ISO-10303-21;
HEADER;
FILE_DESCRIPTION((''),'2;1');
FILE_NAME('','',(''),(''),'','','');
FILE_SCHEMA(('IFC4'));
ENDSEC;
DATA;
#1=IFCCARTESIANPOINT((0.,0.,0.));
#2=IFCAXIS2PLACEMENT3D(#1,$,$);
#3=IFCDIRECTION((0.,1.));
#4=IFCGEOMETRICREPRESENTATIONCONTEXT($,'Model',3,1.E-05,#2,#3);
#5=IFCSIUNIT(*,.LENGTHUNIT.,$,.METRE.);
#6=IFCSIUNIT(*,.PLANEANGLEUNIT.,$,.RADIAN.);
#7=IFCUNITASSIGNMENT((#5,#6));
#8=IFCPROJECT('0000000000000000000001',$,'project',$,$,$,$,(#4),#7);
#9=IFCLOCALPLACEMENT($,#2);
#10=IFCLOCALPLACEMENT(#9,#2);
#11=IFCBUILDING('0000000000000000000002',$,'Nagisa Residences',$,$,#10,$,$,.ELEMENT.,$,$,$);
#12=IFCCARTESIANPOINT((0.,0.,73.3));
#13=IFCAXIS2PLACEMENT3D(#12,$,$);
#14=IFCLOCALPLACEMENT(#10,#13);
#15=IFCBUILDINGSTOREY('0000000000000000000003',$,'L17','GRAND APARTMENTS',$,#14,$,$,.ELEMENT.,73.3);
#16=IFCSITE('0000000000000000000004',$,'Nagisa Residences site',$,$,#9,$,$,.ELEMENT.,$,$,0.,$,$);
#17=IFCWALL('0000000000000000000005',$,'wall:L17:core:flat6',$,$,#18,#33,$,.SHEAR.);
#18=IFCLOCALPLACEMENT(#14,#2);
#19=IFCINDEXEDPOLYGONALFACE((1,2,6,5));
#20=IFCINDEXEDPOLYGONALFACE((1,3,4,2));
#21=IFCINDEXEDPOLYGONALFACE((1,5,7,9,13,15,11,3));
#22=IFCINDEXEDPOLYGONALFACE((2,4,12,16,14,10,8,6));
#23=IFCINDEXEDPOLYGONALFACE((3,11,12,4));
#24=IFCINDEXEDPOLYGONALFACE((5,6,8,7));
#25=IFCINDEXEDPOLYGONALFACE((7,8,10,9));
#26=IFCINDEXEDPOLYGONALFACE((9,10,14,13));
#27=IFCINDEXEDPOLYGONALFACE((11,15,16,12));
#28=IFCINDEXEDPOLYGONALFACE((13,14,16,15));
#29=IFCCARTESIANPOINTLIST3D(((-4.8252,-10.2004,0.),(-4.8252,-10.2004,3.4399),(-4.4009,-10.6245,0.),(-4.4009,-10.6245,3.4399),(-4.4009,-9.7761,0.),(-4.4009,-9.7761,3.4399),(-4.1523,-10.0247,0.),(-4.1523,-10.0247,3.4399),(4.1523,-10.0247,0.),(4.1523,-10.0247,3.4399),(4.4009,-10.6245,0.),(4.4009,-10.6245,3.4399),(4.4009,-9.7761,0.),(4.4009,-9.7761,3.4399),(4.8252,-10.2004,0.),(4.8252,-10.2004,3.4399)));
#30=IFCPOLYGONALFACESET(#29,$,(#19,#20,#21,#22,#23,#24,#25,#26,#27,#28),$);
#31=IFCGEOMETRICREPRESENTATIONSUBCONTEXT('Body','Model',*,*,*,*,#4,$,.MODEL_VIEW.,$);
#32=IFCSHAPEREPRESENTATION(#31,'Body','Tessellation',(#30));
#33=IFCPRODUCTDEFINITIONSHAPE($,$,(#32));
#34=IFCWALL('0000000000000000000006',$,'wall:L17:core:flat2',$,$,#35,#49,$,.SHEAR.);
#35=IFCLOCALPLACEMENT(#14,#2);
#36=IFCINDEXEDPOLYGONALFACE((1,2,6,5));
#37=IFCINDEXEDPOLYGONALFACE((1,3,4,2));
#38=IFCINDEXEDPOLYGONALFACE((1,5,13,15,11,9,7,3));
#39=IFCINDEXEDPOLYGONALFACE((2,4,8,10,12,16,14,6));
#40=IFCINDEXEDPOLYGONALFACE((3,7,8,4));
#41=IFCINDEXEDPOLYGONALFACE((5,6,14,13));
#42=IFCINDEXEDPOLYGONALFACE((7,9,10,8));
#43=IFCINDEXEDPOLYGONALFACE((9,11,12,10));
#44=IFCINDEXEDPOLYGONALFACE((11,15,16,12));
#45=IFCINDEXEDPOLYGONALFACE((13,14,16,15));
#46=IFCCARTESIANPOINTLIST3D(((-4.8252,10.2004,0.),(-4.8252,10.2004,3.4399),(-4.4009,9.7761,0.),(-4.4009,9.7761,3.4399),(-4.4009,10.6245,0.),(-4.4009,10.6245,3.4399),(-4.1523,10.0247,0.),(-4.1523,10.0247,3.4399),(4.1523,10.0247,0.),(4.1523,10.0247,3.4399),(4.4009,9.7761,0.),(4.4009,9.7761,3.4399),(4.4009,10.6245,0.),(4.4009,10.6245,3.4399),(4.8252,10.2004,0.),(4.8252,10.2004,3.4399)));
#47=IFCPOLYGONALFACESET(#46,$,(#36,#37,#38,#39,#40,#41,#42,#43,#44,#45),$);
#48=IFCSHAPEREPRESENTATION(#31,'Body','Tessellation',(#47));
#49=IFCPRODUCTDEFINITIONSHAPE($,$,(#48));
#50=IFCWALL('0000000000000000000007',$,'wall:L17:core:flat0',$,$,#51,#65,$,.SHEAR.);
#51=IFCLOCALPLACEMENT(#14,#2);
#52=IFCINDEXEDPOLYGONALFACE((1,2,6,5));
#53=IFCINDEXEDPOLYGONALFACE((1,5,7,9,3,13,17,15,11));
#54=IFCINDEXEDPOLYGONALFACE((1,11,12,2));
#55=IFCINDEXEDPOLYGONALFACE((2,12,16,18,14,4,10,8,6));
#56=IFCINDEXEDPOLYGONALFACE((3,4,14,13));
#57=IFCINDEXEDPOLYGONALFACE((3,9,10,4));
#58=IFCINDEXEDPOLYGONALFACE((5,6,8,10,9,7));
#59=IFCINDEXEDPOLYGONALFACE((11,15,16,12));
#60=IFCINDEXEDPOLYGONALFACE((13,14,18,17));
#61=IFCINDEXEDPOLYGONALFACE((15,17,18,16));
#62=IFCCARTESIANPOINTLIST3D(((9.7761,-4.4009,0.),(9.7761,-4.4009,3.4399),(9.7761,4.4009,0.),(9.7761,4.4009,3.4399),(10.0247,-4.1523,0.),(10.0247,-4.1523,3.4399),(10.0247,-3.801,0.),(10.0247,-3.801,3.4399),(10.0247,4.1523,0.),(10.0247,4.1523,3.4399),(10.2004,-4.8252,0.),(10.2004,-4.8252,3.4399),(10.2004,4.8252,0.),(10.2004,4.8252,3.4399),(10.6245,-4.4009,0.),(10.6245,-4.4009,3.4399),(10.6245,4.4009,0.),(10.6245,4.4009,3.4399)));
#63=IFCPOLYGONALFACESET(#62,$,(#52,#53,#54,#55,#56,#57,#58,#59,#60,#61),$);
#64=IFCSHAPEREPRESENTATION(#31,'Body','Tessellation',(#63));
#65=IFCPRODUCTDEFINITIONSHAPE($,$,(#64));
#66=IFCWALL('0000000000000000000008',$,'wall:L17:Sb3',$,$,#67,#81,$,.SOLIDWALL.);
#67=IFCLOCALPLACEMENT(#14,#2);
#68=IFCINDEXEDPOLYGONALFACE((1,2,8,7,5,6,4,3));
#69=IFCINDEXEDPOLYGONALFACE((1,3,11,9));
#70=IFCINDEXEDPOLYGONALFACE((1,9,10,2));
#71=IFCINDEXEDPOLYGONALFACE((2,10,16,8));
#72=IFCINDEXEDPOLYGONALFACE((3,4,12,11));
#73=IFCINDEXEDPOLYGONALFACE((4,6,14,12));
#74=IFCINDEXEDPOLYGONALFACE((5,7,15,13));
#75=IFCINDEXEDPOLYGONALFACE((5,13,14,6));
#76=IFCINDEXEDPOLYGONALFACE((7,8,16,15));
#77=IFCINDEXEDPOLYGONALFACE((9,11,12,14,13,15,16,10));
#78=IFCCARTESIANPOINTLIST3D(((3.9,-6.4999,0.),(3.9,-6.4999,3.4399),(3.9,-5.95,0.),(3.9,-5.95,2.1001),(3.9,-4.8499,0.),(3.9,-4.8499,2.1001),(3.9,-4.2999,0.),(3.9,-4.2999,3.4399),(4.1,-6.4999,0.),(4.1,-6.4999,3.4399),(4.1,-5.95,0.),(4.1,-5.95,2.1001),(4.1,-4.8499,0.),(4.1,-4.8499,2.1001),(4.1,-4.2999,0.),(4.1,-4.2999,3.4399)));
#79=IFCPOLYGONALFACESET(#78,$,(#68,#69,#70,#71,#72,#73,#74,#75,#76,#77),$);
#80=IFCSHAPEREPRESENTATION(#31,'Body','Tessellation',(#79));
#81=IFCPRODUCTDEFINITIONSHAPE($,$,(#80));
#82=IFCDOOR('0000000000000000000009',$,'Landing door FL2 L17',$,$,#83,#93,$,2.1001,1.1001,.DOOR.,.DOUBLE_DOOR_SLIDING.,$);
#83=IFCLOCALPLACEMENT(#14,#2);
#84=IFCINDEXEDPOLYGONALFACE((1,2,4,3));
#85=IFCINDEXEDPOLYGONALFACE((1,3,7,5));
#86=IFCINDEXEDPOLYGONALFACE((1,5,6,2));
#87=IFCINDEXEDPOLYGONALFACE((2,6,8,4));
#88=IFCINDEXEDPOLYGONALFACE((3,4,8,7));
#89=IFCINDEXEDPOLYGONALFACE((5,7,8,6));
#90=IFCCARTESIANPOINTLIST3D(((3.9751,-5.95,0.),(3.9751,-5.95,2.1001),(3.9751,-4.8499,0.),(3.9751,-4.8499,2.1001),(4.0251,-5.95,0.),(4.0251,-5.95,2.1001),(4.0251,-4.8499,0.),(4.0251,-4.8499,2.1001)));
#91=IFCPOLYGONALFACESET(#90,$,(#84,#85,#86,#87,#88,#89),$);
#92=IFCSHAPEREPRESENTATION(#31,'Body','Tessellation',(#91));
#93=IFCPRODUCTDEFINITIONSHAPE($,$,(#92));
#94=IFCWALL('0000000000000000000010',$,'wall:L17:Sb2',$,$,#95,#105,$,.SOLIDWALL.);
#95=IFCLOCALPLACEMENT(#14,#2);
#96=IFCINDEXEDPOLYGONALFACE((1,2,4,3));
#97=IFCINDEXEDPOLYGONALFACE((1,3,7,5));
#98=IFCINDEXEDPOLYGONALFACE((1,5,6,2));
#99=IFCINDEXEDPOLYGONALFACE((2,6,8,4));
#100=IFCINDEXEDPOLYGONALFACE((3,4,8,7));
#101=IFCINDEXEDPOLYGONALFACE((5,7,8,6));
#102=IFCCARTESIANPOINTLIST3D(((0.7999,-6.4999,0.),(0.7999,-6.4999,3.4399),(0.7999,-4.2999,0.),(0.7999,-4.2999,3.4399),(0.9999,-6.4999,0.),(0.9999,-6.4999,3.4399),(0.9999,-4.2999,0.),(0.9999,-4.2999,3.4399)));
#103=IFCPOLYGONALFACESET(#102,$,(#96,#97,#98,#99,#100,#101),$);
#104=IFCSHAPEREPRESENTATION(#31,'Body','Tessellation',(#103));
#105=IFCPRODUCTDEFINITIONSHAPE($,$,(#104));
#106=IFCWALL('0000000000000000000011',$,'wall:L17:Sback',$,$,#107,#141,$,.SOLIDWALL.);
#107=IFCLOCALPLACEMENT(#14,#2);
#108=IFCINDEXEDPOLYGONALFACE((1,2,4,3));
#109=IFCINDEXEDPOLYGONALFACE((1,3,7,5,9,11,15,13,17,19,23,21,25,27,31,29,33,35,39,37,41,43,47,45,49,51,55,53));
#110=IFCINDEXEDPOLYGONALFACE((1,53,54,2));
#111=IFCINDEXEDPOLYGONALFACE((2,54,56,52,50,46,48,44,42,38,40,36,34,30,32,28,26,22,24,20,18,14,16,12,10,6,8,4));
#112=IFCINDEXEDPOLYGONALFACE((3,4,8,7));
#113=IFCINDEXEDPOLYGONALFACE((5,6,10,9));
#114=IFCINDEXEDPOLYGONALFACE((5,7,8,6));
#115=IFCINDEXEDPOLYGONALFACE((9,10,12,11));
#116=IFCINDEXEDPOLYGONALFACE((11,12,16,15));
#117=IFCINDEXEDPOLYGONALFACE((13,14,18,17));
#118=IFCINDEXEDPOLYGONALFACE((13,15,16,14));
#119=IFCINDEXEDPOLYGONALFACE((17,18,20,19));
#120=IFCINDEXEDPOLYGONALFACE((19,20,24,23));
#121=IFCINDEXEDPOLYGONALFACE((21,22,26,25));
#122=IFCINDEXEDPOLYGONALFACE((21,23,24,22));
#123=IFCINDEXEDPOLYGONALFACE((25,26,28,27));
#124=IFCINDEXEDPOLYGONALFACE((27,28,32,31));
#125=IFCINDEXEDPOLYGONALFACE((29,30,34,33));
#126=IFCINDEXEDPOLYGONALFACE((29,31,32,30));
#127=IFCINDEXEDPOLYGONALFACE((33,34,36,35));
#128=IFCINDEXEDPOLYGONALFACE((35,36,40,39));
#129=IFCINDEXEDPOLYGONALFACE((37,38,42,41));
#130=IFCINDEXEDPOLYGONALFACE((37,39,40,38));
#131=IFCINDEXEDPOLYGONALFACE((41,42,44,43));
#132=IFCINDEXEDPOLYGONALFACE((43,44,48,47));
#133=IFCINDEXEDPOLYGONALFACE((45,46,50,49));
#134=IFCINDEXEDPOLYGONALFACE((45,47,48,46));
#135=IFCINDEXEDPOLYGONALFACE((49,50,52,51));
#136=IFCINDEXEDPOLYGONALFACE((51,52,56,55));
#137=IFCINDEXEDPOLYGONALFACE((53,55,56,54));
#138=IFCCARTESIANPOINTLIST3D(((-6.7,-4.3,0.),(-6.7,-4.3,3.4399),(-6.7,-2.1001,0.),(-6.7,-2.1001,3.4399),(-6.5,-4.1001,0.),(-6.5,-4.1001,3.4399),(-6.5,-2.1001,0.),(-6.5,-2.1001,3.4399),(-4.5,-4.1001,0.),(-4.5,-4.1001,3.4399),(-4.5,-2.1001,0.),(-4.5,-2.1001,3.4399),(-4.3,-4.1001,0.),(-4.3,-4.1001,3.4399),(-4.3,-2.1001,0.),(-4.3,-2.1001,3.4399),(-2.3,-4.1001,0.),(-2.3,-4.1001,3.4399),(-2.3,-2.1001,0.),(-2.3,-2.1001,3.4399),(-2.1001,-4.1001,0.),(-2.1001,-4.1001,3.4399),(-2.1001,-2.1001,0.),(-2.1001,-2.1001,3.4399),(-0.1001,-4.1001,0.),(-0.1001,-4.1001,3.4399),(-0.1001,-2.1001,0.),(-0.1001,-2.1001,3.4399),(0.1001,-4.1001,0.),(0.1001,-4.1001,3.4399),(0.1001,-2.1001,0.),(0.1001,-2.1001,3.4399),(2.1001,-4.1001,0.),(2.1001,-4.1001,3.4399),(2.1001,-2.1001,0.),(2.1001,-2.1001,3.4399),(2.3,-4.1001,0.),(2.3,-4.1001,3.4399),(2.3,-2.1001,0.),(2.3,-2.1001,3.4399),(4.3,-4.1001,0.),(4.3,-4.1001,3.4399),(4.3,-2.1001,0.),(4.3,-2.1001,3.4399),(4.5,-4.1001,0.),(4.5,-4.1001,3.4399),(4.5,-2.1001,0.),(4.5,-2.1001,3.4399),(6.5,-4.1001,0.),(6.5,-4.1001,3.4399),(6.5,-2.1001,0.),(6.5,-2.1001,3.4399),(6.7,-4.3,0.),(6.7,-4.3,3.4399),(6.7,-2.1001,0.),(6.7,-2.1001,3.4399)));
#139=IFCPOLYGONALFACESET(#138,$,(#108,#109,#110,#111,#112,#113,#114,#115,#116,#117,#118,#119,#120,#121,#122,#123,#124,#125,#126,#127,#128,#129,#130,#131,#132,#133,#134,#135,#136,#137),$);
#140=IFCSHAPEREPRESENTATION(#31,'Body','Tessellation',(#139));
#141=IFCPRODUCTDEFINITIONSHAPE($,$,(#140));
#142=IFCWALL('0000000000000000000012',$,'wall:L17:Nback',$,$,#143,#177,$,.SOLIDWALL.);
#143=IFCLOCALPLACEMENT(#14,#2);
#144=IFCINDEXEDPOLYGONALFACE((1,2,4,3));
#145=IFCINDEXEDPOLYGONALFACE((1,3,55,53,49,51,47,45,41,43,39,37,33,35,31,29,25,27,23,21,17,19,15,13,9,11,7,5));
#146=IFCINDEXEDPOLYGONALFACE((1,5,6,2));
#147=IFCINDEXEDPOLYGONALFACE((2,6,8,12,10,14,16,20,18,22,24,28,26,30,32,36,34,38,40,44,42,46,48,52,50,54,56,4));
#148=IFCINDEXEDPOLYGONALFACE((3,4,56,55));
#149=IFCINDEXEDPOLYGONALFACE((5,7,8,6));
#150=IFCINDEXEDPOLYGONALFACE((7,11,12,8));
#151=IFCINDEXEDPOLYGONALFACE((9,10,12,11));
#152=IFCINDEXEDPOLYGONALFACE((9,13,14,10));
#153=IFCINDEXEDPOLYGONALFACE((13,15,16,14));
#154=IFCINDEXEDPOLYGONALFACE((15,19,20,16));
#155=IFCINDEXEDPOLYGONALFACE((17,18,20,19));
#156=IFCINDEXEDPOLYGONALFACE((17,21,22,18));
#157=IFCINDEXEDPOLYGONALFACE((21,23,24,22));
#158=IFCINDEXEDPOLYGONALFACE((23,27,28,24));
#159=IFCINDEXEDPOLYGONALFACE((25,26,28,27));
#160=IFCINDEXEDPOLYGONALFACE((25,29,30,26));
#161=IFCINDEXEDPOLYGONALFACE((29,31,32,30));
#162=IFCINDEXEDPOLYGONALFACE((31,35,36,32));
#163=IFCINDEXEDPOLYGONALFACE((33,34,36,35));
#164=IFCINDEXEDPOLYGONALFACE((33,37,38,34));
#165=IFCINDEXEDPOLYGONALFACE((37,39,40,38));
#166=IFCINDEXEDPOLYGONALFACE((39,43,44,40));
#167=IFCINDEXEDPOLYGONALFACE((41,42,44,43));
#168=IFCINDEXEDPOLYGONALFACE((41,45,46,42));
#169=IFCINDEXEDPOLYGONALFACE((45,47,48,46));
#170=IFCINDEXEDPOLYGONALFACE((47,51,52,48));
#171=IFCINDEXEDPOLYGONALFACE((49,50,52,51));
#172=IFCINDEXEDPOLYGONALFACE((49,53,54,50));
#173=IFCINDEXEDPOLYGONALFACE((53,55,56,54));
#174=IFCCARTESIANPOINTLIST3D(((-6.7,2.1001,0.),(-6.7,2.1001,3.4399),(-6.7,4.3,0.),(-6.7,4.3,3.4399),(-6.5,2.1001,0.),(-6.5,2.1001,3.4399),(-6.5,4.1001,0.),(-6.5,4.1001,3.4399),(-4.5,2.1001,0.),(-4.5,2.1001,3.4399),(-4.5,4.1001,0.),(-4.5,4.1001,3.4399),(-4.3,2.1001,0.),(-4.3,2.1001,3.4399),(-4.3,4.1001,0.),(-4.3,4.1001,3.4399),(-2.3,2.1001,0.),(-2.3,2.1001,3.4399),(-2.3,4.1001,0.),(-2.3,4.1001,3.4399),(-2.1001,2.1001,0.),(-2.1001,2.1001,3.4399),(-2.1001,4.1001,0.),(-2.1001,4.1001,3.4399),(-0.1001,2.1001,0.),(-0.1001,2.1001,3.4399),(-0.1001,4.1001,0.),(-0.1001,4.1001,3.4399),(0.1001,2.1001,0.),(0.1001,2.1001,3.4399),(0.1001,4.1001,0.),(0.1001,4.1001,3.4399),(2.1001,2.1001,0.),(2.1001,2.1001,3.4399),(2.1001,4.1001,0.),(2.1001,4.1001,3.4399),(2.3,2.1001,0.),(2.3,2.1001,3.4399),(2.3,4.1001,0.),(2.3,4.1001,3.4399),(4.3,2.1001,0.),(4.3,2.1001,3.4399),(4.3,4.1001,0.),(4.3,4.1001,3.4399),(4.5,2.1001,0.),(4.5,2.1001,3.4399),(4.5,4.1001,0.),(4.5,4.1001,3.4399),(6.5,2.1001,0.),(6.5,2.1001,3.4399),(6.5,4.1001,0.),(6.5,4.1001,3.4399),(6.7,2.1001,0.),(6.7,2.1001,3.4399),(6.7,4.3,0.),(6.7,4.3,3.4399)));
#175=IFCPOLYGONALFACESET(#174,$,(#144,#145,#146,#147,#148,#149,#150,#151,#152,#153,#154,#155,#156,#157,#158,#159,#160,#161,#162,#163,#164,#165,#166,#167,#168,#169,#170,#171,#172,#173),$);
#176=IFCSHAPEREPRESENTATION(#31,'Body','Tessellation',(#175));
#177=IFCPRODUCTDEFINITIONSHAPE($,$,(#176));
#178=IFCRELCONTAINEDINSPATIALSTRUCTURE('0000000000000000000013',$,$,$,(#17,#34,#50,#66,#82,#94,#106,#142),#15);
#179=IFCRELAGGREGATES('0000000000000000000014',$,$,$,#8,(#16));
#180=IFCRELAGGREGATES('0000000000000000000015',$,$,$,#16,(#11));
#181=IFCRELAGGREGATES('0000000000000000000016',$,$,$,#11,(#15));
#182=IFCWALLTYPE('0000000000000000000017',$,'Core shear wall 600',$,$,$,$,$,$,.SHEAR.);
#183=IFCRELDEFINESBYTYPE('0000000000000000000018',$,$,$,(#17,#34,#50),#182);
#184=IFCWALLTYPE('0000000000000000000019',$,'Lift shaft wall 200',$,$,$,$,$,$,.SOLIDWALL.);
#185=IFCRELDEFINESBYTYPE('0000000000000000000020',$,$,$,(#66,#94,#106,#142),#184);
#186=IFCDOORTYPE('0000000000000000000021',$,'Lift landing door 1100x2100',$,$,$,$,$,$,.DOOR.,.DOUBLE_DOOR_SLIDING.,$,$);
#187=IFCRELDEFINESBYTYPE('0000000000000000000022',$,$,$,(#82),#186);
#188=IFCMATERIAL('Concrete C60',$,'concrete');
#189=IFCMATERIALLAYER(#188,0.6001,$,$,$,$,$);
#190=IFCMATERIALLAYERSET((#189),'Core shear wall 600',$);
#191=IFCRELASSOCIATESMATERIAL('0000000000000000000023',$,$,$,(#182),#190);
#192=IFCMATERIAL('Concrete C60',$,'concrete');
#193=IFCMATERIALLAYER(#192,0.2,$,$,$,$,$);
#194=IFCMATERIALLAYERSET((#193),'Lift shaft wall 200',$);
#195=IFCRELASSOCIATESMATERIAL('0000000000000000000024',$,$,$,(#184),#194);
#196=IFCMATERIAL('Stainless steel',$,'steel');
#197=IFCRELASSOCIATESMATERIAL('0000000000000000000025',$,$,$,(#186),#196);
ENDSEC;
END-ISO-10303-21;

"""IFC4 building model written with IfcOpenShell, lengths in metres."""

from ifc_helpers import new_model, si_unit, direction, frame, frame_2d, origin, place, context, subcontext, project, spatial, polyline, rectangle, outline, extrude, material, layer, layer_set, type_object, element, fill, save


model = new_model("IFC4")

# Units and contexts
model_context = context("Model", 3, precision=1e-05, world=origin(), true_north=direction((0.0, 1.0)))
body_context = subcontext(model_context, "Body", "Model", "MODEL_VIEW")
ifc_project = project(units=[si_unit("LENGTHUNIT", "METRE"), si_unit("PLANEANGLEUNIT", "RADIAN")], contexts=[model_context])

# Site, building, storey
site_placement = place(None, origin())
site = spatial("IfcSite", under=ifc_project, at=site_placement, Name="Nagisa Residences site", CompositionType="ELEMENT", RefElevation=0.0)
building_placement = place(site_placement, origin())
building = spatial("IfcBuilding", under=site, at=building_placement, Name="Nagisa Residences", CompositionType="ELEMENT")
storey_placement = place(building_placement, frame((0.0, 0.0, 73.3)))
storey = spatial("IfcBuildingStorey", under=building, at=storey_placement, Name="L17", Description="GRAND APARTMENTS", CompositionType="ELEMENT", Elevation=73.3)

# Shared definitions
ifc_material_1 = material(Name="Concrete C60", Category="concrete")
ifc_layer_1 = layer(ifc_material_1, 0.6001)
ifc_layer_set_1 = layer_set([ifc_layer_1], Name="Core shear wall 600")
wall_type_1 = type_object("IfcWallType", Name="Core shear wall 600", PredefinedType="SHEAR", material=ifc_layer_set_1)

# Walls
wall_1_placement = place(storey_placement, origin())
element("IfcWall", 1, at=wall_1_placement, inside=storey, type_object=wall_type_1, Name="wall:L17:core:flat6", PredefinedType="SHEAR", context=body_context, shape_type="SweptSolid", body=[
    extrude(outline(polyline([(-4.1523, -10.0247), (4.1523, -10.0247), (4.4009, -9.7761), (4.8252, -10.2004), (4.4009, -10.6245), (-4.4009, -10.6245), (-4.8252, -10.2004), (-4.4009, -9.7761), (-4.1523, -10.0247)])), origin(), (0.0, 0.0, 1.0), 3.4399),
])
wall_2_placement = place(storey_placement, origin())
element("IfcWall", 2, at=wall_2_placement, inside=storey, type_object=wall_type_1, Name="wall:L17:core:flat2", PredefinedType="SHEAR", context=body_context, shape_type="SweptSolid", body=[
    extrude(outline(polyline([(-4.1523, 10.0247), (-4.4009, 9.7761), (-4.8252, 10.2004), (-4.4009, 10.6245), (4.4009, 10.6245), (4.8252, 10.2004), (4.4009, 9.7761), (4.1523, 10.0247), (-4.1523, 10.0247)])), origin(), (0.0, 0.0, 1.0), 3.4399),
])
wall_3_placement = place(storey_placement, origin())
element("IfcWall", 3, at=wall_3_placement, inside=storey, type_object=wall_type_1, Name="wall:L17:core:flat0", PredefinedType="SHEAR", context=body_context, shape_type="SweptSolid", body=[
    extrude(outline(polyline([(9.7761, -4.4009), (10.0247, -4.1523), (10.0247, -3.801), (10.0247, 4.1523), (9.7761, 4.4009), (10.2004, 4.8252), (10.6245, 4.4009), (10.6245, -4.4009), (10.2004, -4.8252), (9.7761, -4.4009)])), origin(), (0.0, 0.0, 1.0), 3.4399),
])

# Wall, opening, door
ifc_material_2 = material(Name="Concrete C60", Category="concrete")
ifc_layer_2 = layer(ifc_material_2, 0.2)
ifc_layer_set_2 = layer_set([ifc_layer_2], Name="Lift shaft wall 200")
wall_type_2 = type_object("IfcWallType", Name="Lift shaft wall 200", PredefinedType="SOLIDWALL", material=ifc_layer_set_2)
wall_4_placement = place(storey_placement, frame((4.0, -6.5, 0.0), z_axis=(0.0, 0.0, 1.0), x_axis=(0.0, 1.0, 0.0)))
wall_4 = element("IfcWall", 4, at=wall_4_placement, inside=storey, type_object=wall_type_2, Name="wall:L17:Sb3", PredefinedType="SOLIDWALL", context=body_context, shape_type="SweptSolid", body=[
    extrude(rectangle(XDim=2.2, YDim=0.2, at=frame_2d((1.1001, 0.0))), origin(), (0.0, 0.0, 1.0), 3.4399),
])
opening_1_placement = place(wall_4_placement, frame((0.55, 0.0, 0.0)))
opening_1 = element("IfcOpeningElement", 5, at=opening_1_placement, cuts=wall_4, PredefinedType="OPENING", context=body_context, shape_type="SweptSolid", body=[
    extrude(rectangle(XDim=1.1001, YDim=2.1001, at=frame_2d((0.55, 1.05))), frame((0.0, 0.1099, 0.0), z_axis=(0.0, -1.0, 0.0), x_axis=(1.0, 0.0, 0.0)), (0.0, 0.0, 1.0), 0.22),
])
ifc_material_3 = material(Name="Stainless steel", Category="steel")
door_type_1 = type_object("IfcDoorType", Name="Lift landing door 1100x2100", OperationType="DOUBLE_DOOR_SLIDING", PredefinedType="DOOR", material=ifc_material_3)
door_1_placement = place(opening_1_placement, origin())
door_1 = element("IfcDoor", 6, at=door_1_placement, inside=storey, type_object=door_type_1, Name="Landing door FL2 L17", OperationType="DOUBLE_DOOR_SLIDING", OverallHeight=2.1001, OverallWidth=1.1001, PredefinedType="DOOR", context=body_context, shape_type="SweptSolid", body=[
    extrude(rectangle(XDim=1.1001, YDim=2.1001, at=frame_2d((0.55, 1.05))), frame((0.0, 0.0249, 0.0), z_axis=(0.0, -1.0, 0.0), x_axis=(1.0, 0.0, 0.0)), (0.0, 0.0, 1.0), 0.05),
])
fill(opening_1, door_1)

# Walls
wall_5_placement = place(storey_placement, frame((0.8999, -6.5, 0.0), z_axis=(0.0, 0.0, 1.0), x_axis=(0.0, 1.0, 0.0)))
element("IfcWall", 7, at=wall_5_placement, inside=storey, type_object=wall_type_2, Name="wall:L17:Sb2", PredefinedType="SOLIDWALL", context=body_context, shape_type="SweptSolid", body=[
    extrude(rectangle(XDim=2.2, YDim=0.2, at=frame_2d((1.1001, 0.0))), origin(), (0.0, 0.0, 1.0), 3.4399),
])
wall_6_placement = place(storey_placement, origin())
element("IfcWall", 8, at=wall_6_placement, inside=storey, type_object=wall_type_2, Name="wall:L17:Sback", PredefinedType="SOLIDWALL", context=body_context, shape_type="SweptSolid", body=[
    extrude(outline(polyline([(-6.7, -2.1001), (-6.5, -2.1001), (-6.5, -4.1001), (-4.5, -4.1001), (-4.5, -2.1001), (-4.3, -2.1001), (-4.3, -4.1001), (-2.3, -4.1001), (-2.3, -2.1001), (-2.1001, -2.1001), (-2.1001, -4.1001), (-0.1001, -4.1001), (-0.1001, -2.1001), (0.1001, -2.1001), (0.1001, -4.1001), (2.1001, -4.1001), (2.1001, -2.1001), (2.3, -2.1001), (2.3, -4.1001), (4.3, -4.1001), (4.3, -2.1001), (4.5, -2.1001), (4.5, -4.1001), (6.5, -4.1001), (6.5, -2.1001), (6.7, -2.1001), (6.7, -4.3), (-6.7, -4.3), (-6.7, -2.1001)])), origin(), (0.0, 0.0, 1.0), 3.4399),
])
wall_7_placement = place(storey_placement, origin())
element("IfcWall", 9, at=wall_7_placement, inside=storey, type_object=wall_type_2, Name="wall:L17:Nback", PredefinedType="SOLIDWALL", context=body_context, shape_type="SweptSolid", body=[
    extrude(outline(polyline([(-6.5, 2.1001), (-6.7, 2.1001), (-6.7, 4.3), (6.7, 4.3), (6.7, 2.1001), (6.5, 2.1001), (6.5, 4.1001), (4.5, 4.1001), (4.5, 2.1001), (4.3, 2.1001), (4.3, 4.1001), (2.3, 4.1001), (2.3, 2.1001), (2.1001, 2.1001), (2.1001, 4.1001), (0.1001, 4.1001), (0.1001, 2.1001), (-0.1001, 2.1001), (-0.1001, 4.1001), (-2.1001, 4.1001), (-2.1001, 2.1001), (-2.3, 2.1001), (-2.3, 4.1001), (-4.3, 4.1001), (-4.3, 2.1001), (-4.5, 2.1001), (-4.5, 4.1001), (-6.5, 4.1001), (-6.5, 2.1001)])), origin(), (0.0, 0.0, 1.0), 3.4399),
])

save(model, "model.ifc")
